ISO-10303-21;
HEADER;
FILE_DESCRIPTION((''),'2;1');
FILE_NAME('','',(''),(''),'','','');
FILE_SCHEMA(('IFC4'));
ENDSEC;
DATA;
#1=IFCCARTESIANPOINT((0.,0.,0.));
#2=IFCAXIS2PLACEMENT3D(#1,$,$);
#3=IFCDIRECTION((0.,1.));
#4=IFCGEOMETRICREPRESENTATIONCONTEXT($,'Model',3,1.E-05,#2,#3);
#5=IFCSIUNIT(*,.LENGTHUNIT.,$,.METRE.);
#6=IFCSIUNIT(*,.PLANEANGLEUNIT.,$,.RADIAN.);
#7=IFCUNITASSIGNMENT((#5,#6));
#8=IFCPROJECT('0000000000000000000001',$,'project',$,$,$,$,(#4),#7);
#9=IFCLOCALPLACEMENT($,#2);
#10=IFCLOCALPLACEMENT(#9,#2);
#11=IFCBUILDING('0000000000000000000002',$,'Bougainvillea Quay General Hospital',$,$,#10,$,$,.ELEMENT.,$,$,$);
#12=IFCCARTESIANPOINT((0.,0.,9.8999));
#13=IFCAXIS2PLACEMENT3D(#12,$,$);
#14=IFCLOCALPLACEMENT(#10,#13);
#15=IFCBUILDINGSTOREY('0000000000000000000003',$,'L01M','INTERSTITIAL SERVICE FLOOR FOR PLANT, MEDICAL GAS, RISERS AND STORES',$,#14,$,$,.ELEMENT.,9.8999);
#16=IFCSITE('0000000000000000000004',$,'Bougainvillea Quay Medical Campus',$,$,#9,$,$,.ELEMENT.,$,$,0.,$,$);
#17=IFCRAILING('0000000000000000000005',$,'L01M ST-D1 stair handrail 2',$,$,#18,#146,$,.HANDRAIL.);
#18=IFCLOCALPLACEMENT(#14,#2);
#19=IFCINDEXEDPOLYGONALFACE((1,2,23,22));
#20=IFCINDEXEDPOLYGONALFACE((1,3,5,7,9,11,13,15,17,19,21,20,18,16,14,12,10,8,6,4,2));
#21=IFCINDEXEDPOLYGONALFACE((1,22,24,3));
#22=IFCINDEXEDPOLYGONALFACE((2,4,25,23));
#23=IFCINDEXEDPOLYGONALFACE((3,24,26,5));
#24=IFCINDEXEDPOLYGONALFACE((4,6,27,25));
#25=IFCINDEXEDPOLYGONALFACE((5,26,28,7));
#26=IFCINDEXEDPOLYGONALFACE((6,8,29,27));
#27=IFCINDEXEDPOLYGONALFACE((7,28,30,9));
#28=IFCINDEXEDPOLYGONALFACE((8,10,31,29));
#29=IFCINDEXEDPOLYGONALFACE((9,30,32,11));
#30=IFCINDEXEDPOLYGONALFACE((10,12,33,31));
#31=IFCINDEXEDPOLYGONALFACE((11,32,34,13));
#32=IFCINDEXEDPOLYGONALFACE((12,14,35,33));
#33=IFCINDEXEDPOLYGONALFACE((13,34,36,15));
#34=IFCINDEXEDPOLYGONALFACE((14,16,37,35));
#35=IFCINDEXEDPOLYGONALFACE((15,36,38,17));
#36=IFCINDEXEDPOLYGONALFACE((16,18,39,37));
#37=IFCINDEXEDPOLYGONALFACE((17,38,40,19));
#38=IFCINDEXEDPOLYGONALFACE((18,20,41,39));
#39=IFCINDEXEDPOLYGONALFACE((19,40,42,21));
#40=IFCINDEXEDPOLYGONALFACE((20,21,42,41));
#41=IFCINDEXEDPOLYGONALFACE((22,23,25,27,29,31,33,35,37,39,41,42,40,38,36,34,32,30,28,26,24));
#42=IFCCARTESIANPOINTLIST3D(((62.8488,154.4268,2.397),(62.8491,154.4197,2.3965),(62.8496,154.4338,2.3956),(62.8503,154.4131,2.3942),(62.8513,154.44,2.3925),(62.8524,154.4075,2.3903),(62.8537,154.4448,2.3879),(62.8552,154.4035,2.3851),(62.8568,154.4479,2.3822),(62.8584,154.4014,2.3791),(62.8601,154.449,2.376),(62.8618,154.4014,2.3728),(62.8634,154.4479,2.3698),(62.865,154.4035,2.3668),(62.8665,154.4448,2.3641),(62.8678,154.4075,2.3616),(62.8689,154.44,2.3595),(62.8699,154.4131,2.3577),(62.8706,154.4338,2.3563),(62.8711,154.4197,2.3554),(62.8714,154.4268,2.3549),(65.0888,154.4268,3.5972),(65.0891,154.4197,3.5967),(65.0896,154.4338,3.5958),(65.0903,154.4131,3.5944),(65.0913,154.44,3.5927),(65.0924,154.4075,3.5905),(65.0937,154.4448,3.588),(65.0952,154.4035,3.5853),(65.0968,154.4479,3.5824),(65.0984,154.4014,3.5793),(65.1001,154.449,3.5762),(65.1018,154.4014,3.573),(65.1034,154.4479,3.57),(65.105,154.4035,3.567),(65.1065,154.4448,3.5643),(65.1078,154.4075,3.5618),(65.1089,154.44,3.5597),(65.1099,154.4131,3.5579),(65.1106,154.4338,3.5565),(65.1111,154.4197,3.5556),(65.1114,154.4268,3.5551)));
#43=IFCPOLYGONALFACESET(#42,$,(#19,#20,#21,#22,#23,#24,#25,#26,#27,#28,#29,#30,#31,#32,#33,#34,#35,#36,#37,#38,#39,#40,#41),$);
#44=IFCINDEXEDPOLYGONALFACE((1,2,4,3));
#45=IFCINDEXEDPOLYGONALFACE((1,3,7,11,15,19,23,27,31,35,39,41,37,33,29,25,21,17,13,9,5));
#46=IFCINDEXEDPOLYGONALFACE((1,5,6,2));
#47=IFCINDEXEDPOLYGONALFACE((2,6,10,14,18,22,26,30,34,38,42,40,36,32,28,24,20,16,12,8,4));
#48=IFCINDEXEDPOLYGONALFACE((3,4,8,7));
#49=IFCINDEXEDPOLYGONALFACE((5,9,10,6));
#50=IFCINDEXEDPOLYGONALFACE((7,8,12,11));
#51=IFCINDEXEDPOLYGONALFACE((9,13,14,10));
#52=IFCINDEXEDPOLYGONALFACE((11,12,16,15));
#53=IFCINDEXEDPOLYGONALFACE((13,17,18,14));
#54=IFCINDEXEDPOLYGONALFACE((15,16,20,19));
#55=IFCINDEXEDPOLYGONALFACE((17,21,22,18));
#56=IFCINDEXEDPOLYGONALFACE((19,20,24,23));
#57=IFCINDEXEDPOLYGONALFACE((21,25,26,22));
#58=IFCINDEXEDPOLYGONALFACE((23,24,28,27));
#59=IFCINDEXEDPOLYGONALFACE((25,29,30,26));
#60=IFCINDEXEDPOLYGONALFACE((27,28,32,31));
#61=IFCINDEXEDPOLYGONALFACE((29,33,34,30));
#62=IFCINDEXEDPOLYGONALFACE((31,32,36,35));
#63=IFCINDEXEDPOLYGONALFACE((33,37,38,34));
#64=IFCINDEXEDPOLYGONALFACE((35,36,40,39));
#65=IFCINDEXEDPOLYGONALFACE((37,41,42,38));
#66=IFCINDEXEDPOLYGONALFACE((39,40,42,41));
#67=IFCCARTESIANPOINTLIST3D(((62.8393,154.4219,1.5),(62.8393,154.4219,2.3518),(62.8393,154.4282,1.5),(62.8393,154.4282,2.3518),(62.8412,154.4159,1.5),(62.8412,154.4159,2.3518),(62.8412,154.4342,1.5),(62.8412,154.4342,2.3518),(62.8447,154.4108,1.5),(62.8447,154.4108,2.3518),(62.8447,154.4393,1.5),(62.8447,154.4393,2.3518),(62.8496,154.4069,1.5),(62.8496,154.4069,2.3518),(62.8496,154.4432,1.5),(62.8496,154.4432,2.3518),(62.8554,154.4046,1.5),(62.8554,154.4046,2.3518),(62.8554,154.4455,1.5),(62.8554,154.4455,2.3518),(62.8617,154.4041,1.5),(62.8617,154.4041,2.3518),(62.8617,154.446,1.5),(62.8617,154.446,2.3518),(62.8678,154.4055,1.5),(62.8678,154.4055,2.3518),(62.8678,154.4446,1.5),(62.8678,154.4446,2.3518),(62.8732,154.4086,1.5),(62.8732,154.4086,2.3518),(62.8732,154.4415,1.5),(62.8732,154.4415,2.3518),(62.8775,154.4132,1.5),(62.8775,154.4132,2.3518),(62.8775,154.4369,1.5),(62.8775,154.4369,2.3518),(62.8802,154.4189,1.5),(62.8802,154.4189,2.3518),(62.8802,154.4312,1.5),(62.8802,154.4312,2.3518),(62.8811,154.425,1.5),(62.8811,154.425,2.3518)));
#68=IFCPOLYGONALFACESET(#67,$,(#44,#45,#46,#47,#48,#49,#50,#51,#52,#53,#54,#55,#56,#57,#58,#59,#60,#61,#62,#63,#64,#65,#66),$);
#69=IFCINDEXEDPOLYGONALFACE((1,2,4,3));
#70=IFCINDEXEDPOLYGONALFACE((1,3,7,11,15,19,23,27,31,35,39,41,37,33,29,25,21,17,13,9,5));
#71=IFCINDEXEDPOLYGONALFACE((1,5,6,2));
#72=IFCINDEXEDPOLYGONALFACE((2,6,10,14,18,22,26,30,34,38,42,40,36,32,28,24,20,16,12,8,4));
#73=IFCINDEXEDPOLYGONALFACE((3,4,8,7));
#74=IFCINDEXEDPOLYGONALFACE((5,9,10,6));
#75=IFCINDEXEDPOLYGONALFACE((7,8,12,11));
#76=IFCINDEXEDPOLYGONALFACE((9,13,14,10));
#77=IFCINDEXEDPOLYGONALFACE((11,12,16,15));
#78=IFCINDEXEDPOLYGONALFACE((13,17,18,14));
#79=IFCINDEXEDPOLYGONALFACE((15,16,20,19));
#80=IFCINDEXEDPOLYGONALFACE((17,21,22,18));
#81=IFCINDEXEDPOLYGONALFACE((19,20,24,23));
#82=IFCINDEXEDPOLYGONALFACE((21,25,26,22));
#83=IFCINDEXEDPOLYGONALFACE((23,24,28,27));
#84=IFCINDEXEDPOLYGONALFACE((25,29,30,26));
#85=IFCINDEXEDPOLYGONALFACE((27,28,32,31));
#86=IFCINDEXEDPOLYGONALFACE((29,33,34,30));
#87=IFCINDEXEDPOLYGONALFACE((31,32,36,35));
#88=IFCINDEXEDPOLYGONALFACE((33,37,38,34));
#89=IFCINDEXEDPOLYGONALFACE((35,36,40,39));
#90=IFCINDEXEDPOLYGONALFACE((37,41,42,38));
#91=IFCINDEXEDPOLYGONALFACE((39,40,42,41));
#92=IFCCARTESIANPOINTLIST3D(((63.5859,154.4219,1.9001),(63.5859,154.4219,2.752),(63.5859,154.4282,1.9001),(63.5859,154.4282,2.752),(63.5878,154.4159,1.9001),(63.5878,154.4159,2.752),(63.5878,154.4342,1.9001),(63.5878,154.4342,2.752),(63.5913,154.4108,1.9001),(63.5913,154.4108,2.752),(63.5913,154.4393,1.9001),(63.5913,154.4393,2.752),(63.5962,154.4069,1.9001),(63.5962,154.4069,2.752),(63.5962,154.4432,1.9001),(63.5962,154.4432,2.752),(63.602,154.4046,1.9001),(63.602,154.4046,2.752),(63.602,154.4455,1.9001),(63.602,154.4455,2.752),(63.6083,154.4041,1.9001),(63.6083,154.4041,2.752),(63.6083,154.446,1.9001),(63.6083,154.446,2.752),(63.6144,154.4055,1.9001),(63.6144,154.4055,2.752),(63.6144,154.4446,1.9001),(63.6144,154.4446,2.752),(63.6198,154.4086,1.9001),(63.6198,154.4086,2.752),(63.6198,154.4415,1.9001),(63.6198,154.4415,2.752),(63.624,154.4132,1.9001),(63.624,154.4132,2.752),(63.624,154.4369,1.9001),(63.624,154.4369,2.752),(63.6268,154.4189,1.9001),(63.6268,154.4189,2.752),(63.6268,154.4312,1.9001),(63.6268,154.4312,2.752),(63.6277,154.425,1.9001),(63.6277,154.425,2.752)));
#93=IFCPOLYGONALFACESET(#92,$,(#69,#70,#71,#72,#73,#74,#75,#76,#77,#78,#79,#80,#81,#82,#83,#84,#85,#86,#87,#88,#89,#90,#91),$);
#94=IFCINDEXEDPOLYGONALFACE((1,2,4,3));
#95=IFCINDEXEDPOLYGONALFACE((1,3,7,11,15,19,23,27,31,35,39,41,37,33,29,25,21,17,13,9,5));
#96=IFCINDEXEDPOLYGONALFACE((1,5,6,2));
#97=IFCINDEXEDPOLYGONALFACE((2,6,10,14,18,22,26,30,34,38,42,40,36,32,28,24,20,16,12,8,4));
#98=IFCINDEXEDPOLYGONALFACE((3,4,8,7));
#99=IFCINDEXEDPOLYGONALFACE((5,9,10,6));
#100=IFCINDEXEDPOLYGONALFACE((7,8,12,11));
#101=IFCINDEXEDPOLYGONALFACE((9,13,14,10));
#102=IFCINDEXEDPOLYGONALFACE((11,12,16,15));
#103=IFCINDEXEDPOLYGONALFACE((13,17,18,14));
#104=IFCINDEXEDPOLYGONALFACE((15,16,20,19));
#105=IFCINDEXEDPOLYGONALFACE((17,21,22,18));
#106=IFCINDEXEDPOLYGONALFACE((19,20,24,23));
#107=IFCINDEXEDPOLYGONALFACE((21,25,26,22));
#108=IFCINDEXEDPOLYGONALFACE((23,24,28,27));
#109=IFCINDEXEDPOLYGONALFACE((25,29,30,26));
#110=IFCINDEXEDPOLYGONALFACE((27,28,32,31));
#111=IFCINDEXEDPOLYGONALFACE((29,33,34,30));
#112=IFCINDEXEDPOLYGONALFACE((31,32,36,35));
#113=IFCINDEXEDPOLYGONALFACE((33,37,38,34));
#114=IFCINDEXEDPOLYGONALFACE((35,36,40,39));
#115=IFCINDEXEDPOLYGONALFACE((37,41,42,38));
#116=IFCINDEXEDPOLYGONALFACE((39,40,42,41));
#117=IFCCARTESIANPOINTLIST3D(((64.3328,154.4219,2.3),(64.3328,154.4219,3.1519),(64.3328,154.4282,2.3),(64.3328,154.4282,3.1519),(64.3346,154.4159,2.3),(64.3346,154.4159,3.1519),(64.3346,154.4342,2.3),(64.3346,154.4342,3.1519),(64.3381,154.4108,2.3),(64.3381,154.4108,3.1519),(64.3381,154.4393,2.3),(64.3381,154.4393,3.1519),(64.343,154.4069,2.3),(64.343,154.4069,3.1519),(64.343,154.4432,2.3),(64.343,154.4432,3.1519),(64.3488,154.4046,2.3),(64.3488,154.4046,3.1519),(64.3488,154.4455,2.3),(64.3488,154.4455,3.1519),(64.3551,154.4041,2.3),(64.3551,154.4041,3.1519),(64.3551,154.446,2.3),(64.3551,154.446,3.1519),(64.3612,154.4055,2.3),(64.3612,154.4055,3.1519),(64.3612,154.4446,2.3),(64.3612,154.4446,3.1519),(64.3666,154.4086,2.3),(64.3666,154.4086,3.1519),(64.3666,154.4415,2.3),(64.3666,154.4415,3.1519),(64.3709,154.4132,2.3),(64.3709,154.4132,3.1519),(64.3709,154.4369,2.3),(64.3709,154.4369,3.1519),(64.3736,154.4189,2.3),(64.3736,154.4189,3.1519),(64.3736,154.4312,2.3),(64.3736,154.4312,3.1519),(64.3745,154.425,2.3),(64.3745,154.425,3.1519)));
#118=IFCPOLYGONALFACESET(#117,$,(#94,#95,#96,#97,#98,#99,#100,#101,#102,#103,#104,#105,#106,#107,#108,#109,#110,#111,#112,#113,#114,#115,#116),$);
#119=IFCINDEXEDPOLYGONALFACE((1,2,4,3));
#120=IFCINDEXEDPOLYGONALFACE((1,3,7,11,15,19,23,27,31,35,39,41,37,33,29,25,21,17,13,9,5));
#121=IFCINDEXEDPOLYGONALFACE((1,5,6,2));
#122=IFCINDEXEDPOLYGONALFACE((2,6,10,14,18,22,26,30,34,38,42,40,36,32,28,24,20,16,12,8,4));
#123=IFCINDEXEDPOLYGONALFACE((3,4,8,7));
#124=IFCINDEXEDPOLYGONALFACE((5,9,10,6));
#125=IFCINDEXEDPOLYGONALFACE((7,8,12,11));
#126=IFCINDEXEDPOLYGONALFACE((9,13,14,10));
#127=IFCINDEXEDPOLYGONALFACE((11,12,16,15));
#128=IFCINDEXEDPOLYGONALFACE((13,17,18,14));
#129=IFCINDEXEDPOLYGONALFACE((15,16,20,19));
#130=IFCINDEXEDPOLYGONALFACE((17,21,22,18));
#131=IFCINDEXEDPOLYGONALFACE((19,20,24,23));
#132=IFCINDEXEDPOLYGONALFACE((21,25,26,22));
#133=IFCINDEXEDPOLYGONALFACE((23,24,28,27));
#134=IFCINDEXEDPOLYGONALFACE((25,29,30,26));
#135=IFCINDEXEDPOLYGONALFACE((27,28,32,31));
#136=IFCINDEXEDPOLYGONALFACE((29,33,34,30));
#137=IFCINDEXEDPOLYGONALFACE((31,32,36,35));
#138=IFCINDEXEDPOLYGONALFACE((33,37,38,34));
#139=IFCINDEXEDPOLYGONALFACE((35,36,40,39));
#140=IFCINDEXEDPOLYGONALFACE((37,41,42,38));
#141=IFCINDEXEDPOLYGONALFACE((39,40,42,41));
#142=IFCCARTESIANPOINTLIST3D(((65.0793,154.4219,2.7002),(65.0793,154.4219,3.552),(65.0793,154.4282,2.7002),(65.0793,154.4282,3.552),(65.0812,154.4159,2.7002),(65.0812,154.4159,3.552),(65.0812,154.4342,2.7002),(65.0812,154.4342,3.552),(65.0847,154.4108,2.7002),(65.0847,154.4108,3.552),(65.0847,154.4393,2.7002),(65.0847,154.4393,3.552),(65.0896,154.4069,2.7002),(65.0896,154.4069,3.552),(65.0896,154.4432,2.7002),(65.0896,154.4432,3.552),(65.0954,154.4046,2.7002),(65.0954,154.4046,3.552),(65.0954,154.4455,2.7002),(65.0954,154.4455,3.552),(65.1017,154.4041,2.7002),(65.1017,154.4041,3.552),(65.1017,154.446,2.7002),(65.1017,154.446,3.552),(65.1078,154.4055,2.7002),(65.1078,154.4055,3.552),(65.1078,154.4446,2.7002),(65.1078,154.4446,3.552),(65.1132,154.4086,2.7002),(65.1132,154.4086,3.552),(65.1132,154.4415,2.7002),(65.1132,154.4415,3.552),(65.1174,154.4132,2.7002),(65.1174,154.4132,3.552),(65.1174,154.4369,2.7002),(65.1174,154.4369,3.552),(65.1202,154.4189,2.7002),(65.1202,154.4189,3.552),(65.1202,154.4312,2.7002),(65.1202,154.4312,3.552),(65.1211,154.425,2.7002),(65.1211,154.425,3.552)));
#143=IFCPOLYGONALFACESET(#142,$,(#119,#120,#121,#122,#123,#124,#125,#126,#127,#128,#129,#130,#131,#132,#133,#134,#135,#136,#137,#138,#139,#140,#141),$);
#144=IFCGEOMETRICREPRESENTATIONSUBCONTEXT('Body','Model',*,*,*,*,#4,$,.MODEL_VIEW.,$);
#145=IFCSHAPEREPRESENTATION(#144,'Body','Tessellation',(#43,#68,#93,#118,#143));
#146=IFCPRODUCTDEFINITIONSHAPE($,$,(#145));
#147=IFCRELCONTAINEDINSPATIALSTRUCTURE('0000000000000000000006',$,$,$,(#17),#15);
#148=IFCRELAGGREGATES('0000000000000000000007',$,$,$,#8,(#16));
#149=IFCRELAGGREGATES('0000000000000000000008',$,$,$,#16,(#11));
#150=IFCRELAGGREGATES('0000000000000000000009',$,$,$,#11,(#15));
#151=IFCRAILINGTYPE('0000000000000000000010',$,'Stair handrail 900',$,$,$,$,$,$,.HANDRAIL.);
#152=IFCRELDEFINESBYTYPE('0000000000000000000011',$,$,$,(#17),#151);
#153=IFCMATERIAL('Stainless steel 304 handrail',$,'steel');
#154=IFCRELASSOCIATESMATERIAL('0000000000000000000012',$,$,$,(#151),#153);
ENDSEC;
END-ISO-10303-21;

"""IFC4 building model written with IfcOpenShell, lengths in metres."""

from ifc_helpers import new_model, si_unit, direction, frame, origin, origin_2d, place, context, subcontext, project, spatial, circle, extrude, material, type_object, element, save


model = new_model("IFC4")

# Units and contexts
model_context = context("Model", 3, precision=1e-05, world=origin(), true_north=direction((0.0, 1.0)))
body_context = subcontext(model_context, "Body", "Model", "MODEL_VIEW")
ifc_project = project(units=[si_unit("LENGTHUNIT", "METRE"), si_unit("PLANEANGLEUNIT", "RADIAN")], contexts=[model_context])

# Site, building, storey
site_placement = place(None, origin())
site = spatial("IfcSite", under=ifc_project, at=site_placement, Name="Bougainvillea Quay Medical Campus", CompositionType="ELEMENT", RefElevation=0.0)
building_placement = place(site_placement, origin())
building = spatial("IfcBuilding", under=site, at=building_placement, Name="Bougainvillea Quay General Hospital", CompositionType="ELEMENT")
storey_placement = place(building_placement, frame((0.0, 0.0, 9.8999)))
storey = spatial("IfcBuildingStorey", under=building, at=storey_placement, Name="L01M", Description="INTERSTITIAL SERVICE FLOOR FOR PLANT, MEDICAL GAS, RISERS AND STORES", CompositionType="ELEMENT", Elevation=9.8999)

# Railing
ifc_material_1 = material(Name="Stainless steel 304 handrail", Category="steel")
railing_type_1 = type_object("IfcRailingType", Name="Stair handrail 900", PredefinedType="HANDRAIL", material=ifc_material_1)
railing_1_placement = place(storey_placement, frame((62.8601, 154.425, 1.5)))
element("IfcRailing", 1, at=railing_1_placement, inside=storey, type_object=railing_type_1, Name="L01M ST-D1 stair handrail 2", PredefinedType="HANDRAIL", context=body_context, shape_type="SweptSolid", body=[
    extrude(circle(Radius=0.0239, at=origin_2d()), frame((0.0, 0.0, 0.876), z_axis=(0.881447, 0.0, 0.472283), x_axis=(0.0, 1.0, 0.0)), (0.0, 0.0, 1.0), 2.5413),
    extrude(circle(Radius=0.021, at=origin_2d()), origin(), (0.0, 0.0, 1.0), 0.8518),
    extrude(circle(Radius=0.021, at=origin_2d()), frame((0.7466, 0.0, 0.4001)), (0.0, 0.0, 1.0), 0.8518),
    extrude(circle(Radius=0.021, at=origin_2d()), frame((1.4934, 0.0, 0.8)), (0.0, 0.0, 1.0), 0.8518),
    extrude(circle(Radius=0.021, at=origin_2d()), frame((2.24, 0.0, 1.2002)), (0.0, 0.0, 1.0), 0.8518),
])

save(model, "model.ifc")
